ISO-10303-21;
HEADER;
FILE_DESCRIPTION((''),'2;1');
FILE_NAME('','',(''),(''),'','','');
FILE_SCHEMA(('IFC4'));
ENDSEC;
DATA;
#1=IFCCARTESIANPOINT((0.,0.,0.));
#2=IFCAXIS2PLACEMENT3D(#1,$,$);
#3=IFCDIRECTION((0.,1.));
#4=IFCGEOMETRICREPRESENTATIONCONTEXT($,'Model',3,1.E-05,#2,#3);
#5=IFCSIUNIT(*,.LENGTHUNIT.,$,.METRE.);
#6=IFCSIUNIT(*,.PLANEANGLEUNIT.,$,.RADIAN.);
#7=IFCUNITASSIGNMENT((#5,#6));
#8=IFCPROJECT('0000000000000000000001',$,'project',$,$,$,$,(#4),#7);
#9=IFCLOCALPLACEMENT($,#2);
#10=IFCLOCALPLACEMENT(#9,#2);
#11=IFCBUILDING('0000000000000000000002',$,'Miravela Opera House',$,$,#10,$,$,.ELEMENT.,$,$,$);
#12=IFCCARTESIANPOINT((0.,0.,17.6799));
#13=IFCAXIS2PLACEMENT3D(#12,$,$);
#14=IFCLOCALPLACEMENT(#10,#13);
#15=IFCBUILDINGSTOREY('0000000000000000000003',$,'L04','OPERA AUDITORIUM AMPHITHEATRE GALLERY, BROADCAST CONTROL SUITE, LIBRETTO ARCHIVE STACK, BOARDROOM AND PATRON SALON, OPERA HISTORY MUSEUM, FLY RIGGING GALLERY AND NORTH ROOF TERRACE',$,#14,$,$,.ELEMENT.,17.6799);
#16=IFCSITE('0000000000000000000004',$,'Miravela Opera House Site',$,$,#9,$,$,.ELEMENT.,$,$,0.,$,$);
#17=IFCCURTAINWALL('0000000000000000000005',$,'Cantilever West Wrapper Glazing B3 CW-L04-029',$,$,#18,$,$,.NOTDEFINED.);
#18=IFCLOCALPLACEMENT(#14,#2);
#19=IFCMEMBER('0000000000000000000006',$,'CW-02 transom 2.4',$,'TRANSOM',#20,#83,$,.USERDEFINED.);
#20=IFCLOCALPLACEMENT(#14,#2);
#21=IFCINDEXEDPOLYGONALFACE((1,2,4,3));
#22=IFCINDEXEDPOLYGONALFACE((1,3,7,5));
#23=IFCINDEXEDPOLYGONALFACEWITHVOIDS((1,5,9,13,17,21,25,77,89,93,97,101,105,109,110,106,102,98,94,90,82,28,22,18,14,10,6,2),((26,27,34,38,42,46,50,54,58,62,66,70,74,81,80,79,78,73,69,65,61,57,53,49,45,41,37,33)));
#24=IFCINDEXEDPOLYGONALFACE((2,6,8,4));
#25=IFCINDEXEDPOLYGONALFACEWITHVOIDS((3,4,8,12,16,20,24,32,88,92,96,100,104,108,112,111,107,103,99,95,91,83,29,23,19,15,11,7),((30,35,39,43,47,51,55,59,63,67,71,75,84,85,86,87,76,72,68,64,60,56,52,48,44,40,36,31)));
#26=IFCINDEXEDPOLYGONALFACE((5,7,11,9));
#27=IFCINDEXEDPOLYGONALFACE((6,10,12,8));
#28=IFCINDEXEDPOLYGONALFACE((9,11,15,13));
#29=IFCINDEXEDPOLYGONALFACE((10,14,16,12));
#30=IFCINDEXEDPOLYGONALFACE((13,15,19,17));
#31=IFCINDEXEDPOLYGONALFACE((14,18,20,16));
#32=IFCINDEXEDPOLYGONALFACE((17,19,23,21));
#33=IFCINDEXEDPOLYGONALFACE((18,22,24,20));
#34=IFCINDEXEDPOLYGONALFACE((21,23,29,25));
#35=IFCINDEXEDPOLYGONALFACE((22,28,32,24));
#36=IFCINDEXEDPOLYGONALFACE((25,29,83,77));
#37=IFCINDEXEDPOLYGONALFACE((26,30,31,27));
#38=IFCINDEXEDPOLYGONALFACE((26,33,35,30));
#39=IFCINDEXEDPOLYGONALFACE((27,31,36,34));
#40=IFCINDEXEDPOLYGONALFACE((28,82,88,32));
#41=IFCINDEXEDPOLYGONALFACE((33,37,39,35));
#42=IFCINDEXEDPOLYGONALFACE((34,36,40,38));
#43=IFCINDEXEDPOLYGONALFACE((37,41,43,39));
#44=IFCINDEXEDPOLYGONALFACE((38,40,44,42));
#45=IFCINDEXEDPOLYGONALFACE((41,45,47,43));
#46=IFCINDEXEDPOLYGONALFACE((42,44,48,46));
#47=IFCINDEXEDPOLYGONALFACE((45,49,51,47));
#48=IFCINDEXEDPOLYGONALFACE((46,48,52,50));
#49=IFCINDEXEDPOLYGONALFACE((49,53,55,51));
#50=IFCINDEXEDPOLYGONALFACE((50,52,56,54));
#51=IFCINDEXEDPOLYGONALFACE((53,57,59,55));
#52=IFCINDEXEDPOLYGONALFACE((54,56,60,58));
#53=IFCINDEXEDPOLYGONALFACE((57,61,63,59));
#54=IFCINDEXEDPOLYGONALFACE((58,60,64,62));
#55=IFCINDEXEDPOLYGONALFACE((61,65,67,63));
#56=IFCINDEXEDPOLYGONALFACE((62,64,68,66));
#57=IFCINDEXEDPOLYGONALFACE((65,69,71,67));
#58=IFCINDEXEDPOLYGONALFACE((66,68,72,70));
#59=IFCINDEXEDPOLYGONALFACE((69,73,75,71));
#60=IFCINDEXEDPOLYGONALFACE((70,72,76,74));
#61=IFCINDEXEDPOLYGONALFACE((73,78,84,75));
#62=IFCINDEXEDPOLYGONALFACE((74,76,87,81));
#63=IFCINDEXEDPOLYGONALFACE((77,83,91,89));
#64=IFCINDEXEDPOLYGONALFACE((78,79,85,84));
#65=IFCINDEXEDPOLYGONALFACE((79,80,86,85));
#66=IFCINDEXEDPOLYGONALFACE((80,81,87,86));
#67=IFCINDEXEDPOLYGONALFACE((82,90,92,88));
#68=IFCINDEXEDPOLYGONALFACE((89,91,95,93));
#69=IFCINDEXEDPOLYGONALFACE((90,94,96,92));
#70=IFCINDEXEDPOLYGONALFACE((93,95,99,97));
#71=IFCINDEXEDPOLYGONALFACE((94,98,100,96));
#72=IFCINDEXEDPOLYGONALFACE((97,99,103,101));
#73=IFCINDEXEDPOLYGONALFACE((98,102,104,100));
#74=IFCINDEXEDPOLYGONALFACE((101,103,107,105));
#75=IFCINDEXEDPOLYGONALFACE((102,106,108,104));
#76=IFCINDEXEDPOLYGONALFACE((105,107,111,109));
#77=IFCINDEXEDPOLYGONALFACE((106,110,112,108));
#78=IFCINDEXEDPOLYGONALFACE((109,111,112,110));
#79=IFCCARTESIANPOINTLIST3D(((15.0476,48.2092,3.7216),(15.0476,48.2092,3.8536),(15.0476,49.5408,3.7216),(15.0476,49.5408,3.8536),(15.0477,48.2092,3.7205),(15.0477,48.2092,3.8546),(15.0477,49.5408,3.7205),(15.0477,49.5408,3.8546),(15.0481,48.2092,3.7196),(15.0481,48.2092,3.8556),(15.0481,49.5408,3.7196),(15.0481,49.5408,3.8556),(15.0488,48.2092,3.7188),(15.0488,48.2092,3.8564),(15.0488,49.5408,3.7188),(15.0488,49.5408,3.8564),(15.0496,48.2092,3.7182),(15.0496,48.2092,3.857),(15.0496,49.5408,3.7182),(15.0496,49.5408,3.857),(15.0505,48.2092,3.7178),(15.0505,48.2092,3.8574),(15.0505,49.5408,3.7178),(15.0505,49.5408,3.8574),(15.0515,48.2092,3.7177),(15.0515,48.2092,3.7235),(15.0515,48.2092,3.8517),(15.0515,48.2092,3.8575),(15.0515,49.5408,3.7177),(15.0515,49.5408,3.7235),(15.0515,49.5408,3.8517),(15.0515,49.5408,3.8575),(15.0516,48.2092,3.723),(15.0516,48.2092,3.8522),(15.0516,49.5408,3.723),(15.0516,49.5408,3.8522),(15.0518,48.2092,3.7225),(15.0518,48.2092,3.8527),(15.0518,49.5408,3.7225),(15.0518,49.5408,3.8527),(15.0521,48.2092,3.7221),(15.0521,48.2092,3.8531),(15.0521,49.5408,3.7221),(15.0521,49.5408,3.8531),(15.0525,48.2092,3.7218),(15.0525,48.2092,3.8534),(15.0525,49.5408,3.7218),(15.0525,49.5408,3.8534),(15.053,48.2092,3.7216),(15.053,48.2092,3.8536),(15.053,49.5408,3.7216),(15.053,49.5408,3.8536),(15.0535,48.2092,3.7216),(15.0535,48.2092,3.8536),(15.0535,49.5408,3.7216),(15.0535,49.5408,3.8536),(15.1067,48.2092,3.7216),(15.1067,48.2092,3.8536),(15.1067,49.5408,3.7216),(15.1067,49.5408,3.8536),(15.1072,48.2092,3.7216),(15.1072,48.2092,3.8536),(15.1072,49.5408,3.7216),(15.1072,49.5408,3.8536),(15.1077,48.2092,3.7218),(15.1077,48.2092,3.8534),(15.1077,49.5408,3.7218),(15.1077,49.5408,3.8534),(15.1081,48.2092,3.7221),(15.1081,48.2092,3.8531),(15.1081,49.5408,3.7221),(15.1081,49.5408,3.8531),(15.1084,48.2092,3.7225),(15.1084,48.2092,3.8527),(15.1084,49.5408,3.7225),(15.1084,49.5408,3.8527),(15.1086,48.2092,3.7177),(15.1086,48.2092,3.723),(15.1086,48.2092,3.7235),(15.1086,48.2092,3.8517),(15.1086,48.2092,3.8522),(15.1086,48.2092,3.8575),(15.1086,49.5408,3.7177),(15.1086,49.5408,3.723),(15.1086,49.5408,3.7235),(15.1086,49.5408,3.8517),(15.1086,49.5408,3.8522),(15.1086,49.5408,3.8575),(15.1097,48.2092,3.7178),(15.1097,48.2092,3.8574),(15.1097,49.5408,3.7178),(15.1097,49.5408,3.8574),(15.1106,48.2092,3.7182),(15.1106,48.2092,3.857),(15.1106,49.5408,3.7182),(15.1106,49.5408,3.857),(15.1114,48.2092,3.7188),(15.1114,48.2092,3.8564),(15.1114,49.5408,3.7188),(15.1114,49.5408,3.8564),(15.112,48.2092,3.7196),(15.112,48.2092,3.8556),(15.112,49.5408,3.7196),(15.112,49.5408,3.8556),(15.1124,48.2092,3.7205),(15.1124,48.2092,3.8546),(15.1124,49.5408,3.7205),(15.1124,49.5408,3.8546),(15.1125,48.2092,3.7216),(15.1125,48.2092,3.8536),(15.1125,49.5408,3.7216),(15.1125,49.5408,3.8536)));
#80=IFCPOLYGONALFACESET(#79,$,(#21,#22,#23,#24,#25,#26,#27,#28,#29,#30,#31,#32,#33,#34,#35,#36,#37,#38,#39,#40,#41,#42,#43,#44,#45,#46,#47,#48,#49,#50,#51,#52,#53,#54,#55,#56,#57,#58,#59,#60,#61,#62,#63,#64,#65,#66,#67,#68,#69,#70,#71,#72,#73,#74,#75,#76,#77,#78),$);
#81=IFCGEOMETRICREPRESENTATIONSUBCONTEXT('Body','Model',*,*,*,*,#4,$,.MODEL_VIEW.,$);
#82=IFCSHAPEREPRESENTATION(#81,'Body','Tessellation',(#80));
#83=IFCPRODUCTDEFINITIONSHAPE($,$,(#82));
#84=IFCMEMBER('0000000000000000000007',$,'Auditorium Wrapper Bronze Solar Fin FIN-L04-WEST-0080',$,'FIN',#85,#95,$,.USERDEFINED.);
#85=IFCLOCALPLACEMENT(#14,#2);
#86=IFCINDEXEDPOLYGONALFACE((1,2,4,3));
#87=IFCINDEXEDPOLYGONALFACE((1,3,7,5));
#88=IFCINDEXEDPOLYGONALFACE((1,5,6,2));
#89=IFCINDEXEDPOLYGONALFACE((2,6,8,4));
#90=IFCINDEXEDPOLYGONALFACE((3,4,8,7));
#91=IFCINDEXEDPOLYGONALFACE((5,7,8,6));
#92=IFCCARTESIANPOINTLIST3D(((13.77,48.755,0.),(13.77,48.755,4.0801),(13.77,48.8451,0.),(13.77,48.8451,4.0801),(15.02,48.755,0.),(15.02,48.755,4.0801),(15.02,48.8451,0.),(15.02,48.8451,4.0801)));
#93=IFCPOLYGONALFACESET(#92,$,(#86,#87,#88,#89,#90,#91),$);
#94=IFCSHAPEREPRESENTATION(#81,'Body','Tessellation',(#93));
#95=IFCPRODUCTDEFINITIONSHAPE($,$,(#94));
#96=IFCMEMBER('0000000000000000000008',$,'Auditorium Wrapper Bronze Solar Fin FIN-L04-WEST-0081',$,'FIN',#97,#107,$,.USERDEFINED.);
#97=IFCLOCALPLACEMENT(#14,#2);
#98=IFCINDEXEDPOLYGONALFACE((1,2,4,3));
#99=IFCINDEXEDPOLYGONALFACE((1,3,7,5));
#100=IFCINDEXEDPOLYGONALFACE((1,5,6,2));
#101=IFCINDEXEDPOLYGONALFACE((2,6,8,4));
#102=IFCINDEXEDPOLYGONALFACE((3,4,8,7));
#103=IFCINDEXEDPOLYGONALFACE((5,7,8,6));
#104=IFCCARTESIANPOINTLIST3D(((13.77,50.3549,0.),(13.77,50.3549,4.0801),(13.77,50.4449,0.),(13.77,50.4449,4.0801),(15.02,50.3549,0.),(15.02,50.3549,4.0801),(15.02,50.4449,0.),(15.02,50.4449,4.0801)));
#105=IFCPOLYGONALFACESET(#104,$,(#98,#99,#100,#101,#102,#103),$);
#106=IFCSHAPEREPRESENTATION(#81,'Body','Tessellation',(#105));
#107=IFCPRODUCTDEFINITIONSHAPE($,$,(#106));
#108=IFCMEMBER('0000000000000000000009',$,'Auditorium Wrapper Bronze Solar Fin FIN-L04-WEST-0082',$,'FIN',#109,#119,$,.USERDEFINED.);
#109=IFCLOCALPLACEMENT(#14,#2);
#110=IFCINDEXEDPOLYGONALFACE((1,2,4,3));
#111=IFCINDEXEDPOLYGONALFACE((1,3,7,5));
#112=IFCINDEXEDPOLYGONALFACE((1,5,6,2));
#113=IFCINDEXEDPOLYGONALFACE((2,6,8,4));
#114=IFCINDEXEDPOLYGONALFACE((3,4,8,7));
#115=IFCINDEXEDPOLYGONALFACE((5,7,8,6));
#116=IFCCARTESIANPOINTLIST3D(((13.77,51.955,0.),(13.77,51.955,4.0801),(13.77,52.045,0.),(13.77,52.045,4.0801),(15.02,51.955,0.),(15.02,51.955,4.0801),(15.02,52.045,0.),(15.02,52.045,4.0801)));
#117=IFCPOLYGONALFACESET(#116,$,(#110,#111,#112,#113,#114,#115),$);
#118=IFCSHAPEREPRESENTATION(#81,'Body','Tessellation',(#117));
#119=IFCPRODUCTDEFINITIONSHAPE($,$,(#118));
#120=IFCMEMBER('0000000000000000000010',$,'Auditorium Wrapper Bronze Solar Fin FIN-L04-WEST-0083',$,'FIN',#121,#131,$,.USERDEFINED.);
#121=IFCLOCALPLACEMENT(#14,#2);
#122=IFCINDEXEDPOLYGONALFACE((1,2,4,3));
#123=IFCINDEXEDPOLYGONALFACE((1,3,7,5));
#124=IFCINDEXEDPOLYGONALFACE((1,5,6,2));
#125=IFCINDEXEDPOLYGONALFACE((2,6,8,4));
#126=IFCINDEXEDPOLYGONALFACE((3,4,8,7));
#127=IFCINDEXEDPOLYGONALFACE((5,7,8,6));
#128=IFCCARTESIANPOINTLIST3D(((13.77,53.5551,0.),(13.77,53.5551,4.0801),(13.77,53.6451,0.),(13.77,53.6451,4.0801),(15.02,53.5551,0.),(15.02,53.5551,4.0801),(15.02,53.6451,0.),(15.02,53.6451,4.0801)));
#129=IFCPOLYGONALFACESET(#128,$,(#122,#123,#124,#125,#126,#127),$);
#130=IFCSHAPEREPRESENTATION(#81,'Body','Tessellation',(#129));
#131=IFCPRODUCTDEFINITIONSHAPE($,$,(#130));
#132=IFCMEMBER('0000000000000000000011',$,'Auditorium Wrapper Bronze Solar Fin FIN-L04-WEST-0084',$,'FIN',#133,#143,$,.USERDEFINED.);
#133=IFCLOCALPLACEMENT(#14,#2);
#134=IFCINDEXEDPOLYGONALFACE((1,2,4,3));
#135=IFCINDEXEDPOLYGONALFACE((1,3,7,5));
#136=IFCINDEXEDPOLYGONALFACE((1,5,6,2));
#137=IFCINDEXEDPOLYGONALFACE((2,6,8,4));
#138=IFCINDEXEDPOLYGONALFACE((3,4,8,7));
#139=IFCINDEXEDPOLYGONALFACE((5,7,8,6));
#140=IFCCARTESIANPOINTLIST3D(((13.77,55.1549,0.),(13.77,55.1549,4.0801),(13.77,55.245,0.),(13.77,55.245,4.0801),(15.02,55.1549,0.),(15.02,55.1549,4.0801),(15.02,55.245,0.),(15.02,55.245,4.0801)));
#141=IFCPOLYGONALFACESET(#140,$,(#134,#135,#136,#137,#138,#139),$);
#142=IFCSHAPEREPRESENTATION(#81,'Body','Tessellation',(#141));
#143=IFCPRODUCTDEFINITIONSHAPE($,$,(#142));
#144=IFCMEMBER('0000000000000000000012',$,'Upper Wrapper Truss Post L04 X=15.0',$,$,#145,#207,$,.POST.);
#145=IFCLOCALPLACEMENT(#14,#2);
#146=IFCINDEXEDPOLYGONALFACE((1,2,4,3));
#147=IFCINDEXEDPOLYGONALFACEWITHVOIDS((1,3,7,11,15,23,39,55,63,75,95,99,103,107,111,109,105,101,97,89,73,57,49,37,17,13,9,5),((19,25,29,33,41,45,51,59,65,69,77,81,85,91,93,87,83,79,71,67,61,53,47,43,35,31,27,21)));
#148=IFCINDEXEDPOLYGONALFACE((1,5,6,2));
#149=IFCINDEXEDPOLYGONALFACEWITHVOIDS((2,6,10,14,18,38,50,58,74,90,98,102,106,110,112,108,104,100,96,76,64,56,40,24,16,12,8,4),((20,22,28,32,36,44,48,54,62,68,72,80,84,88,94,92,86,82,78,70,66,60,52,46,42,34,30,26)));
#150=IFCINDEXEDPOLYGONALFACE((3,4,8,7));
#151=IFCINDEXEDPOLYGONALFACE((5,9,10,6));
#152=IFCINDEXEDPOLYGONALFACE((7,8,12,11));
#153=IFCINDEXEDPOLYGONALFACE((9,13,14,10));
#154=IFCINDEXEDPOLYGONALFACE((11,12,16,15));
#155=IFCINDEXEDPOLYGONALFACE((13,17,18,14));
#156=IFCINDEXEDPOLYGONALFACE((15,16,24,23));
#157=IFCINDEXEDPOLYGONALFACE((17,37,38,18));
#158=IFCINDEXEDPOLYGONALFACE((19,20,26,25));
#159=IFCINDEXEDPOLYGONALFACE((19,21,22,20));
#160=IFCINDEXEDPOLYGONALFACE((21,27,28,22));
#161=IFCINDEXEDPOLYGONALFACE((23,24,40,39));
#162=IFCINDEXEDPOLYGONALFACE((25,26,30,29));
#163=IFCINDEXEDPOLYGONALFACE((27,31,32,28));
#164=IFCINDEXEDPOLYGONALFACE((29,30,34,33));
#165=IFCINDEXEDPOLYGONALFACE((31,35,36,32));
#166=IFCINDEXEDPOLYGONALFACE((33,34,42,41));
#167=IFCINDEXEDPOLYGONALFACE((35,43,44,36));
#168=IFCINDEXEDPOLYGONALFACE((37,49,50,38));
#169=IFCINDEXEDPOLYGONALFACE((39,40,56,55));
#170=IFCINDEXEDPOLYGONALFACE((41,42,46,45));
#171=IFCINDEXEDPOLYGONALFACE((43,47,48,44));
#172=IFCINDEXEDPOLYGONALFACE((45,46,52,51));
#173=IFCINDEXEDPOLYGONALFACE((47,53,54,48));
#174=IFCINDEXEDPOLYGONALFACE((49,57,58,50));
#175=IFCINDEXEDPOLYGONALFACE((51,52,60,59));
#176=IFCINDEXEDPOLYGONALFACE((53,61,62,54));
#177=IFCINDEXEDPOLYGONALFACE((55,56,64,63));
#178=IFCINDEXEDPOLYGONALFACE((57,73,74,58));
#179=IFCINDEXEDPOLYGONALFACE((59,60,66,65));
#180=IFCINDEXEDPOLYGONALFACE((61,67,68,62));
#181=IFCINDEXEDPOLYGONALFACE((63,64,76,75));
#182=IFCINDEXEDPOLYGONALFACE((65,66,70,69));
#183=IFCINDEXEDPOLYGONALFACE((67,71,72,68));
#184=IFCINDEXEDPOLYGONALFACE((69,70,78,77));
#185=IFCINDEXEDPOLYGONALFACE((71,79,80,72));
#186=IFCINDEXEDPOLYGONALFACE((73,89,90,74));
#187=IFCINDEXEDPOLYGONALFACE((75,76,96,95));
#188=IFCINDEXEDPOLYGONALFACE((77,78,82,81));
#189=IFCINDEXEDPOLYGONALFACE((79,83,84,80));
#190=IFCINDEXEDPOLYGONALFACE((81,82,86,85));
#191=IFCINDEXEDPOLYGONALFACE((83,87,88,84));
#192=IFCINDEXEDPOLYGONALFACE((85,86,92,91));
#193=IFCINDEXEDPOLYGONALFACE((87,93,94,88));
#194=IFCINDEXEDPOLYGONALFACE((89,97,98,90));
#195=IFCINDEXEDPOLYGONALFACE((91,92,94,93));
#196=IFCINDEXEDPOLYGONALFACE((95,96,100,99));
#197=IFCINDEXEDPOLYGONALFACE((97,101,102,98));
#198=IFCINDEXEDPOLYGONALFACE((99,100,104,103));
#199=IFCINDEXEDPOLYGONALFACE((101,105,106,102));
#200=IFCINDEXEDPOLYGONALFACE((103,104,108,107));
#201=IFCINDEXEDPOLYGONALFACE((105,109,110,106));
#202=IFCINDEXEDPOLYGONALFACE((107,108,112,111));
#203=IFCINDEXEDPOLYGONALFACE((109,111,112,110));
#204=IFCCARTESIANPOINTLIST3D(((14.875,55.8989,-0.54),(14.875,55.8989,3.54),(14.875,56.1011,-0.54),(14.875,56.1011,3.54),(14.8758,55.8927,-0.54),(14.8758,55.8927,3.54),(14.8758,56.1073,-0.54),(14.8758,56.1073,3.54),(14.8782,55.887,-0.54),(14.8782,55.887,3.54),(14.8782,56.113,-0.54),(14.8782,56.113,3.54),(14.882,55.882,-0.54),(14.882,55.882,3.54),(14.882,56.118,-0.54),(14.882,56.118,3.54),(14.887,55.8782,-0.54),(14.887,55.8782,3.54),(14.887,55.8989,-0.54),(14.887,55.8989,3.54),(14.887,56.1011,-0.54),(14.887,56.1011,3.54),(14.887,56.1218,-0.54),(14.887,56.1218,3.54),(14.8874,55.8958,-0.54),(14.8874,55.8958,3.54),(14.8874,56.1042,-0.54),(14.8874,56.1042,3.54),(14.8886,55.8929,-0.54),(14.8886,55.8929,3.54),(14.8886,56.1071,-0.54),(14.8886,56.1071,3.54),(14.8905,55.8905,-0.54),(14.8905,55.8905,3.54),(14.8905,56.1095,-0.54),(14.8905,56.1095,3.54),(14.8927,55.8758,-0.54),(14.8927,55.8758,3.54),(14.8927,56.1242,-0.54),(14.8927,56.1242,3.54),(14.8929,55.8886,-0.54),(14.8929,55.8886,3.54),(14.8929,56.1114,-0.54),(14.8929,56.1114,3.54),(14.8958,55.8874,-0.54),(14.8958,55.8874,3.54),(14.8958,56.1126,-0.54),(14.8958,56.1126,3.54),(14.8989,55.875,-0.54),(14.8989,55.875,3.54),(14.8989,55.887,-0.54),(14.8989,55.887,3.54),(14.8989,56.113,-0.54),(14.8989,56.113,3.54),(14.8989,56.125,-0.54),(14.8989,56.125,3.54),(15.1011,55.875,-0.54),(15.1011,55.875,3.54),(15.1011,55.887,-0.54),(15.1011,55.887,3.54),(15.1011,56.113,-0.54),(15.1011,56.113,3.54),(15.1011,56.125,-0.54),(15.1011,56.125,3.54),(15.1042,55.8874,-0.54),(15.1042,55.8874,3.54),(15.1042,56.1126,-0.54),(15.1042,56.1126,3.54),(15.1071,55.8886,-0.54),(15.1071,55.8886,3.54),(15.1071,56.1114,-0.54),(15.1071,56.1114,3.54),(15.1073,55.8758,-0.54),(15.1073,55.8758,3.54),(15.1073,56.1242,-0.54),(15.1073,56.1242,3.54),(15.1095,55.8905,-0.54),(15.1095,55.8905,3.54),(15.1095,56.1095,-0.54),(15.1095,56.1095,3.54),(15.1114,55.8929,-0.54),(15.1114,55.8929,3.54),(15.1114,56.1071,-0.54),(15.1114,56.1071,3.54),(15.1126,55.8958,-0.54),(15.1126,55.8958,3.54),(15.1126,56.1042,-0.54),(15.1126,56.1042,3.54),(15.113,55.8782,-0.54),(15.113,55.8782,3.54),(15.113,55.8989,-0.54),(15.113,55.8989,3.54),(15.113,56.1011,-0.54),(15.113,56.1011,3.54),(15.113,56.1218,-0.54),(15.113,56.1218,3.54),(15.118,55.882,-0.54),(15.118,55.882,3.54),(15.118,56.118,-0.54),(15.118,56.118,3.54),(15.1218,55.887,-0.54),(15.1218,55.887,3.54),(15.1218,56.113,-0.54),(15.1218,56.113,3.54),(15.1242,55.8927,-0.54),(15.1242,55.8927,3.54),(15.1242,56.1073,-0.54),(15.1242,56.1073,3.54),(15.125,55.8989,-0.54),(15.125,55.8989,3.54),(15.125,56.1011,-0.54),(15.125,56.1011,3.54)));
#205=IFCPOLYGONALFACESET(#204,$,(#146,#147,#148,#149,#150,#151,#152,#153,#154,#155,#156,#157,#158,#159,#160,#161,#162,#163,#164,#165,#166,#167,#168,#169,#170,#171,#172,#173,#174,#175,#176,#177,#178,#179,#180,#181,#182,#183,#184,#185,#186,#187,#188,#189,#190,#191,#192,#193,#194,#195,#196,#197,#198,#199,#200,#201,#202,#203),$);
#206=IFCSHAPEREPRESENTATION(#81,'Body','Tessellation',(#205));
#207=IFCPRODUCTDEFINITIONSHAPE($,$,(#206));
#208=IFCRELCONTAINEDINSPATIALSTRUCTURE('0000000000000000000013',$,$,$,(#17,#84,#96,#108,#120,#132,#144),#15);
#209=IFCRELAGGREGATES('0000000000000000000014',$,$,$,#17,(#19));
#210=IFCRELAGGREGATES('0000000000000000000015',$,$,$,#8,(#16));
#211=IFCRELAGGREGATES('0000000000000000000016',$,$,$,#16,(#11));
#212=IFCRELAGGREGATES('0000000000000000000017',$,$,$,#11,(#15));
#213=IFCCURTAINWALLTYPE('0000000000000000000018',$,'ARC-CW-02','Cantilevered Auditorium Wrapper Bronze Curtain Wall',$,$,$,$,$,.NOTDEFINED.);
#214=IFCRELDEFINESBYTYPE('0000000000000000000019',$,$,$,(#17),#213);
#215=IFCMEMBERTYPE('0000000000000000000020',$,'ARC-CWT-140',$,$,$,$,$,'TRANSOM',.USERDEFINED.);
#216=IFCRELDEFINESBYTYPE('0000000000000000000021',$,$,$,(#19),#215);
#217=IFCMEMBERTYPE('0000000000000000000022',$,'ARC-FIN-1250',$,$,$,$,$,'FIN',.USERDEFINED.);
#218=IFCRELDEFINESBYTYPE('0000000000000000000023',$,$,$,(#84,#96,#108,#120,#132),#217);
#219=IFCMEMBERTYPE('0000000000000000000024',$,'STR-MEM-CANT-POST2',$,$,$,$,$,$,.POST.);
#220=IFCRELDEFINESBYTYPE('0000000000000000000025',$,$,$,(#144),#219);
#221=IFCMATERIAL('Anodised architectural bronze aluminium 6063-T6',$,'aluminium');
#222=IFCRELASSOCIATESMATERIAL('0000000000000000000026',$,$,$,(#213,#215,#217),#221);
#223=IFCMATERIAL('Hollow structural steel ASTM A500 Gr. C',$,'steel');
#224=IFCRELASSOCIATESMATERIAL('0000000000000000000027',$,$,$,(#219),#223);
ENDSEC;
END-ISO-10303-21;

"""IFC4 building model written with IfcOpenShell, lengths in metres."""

from ifc_helpers import new_model, si_unit, direction, frame, origin, origin_2d, place, context, subcontext, project, spatial, rectangle, hollow_rectangle, extrude, material, material_profile, profile_set, type_object, element, aggregate, save


model = new_model("IFC4")

# Units and contexts
model_context = context("Model", 3, precision=1e-05, world=origin(), true_north=direction((0.0, 1.0)))
body_context = subcontext(model_context, "Body", "Model", "MODEL_VIEW")
ifc_project = project(units=[si_unit("LENGTHUNIT", "METRE"), si_unit("PLANEANGLEUNIT", "RADIAN")], contexts=[model_context])

# Site, building, storey
site_placement = place(None, origin())
site = spatial("IfcSite", under=ifc_project, at=site_placement, Name="Miravela Opera House Site", CompositionType="ELEMENT", RefElevation=0.0)
building_placement = place(site_placement, origin())
building = spatial("IfcBuilding", under=site, at=building_placement, Name="Miravela Opera House", CompositionType="ELEMENT")
storey_placement = place(building_placement, frame((0.0, 0.0, 17.6799)))
storey = spatial("IfcBuildingStorey", under=building, at=storey_placement, Name="L04", Description="OPERA AUDITORIUM AMPHITHEATRE GALLERY, BROADCAST CONTROL SUITE, LIBRETTO ARCHIVE STACK, BOARDROOM AND PATRON SALON, OPERA HISTORY MUSEUM, FLY RIGGING GALLERY AND NORTH ROOF TERRACE", CompositionType="ELEMENT", Elevation=17.6799)

# Curtain wall, member
ifc_material_1 = material(Name="Anodised architectural bronze aluminium 6063-T6", Category="aluminium")
curtain_wall_type = type_object("IfcCurtainWallType", Name="ARC-CW-02", Description="Cantilevered Auditorium Wrapper Bronze Curtain Wall", PredefinedType="NOTDEFINED", material=ifc_material_1)
curtain_wall_placement = place(storey_placement, origin())
curtain_wall = element("IfcCurtainWall", 1, at=curtain_wall_placement, inside=storey, type_object=curtain_wall_type, Name="Cantilever West Wrapper Glazing B3 CW-L04-029", PredefinedType="NOTDEFINED")
ifc_material_profile_1 = material_profile(ifc_material_1, hollow_rectangle(XDim=0.0649, YDim=0.1399, WallThickness=0.0039, InnerFilletRadius=0.002, OuterFilletRadius=0.0039, at=origin_2d()), Name="CWT-65X140")
ifc_profile_set_1 = profile_set([ifc_material_profile_1])
member_type_1 = type_object("IfcMemberType", Name="ARC-CWT-140", ElementType="TRANSOM", PredefinedType="USERDEFINED", material=ifc_profile_set_1)
member_1_placement = place(storey_placement, frame((15.0801, 48.2092, 3.7876), z_axis=(0.0, 1.0, 0.0), x_axis=(-1.0, 0.0, 0.0)))
member_1 = element("IfcMember", 2, at=member_1_placement, type_object=member_type_1, Name="CW-02 transom 2.4", ObjectType="TRANSOM", PredefinedType="USERDEFINED", context=body_context, shape_type="SweptSolid", body=[
    extrude(hollow_rectangle(XDim=0.0649, YDim=0.1399, WallThickness=0.0039, InnerFilletRadius=0.002, OuterFilletRadius=0.0039, at=origin_2d()), origin(), (0.0, 0.0, 1.0), 1.3315),
])

# Members
ifc_material_profile_2 = material_profile(ifc_material_1, rectangle(XDim=0.0901, YDim=1.25, at=origin_2d()), Name="FIN-1250X90")
ifc_profile_set_2 = profile_set([ifc_material_profile_2])
member_type_2 = type_object("IfcMemberType", Name="ARC-FIN-1250", ElementType="FIN", PredefinedType="USERDEFINED", material=ifc_profile_set_2)
for number, where, z_axis, x_axis, name in (
    (3, (14.395, 48.8, 0.0), (0.0, 0.0, 1.0), (0.0, 1.0, 0.0), "Auditorium Wrapper Bronze Solar Fin FIN-L04-WEST-0080"),
    (4, (14.395, 50.3999, 0.0), (0.0, 0.0, 1.0), (0.0, 1.0, 0.0), "Auditorium Wrapper Bronze Solar Fin FIN-L04-WEST-0081"),
    (5, (14.395, 52.0, 0.0), (0.0, 0.0, 1.0), (0.0, 1.0, 0.0), "Auditorium Wrapper Bronze Solar Fin FIN-L04-WEST-0082"),
    (6, (14.395, 53.6001, 0.0), (0.0, 0.0, 1.0), (0.0, 1.0, 0.0), "Auditorium Wrapper Bronze Solar Fin FIN-L04-WEST-0083"),
    (7, (14.395, 55.2, 0.0), (0.0, 0.0, 1.0), (0.0, 1.0, 0.0), "Auditorium Wrapper Bronze Solar Fin FIN-L04-WEST-0084"),
):
    element("IfcMember", number, at=place(storey_placement, frame(where, z_axis=z_axis, x_axis=x_axis)), inside=storey, type_object=member_type_2, Name=name, ObjectType="FIN", PredefinedType="USERDEFINED", context=body_context, shape_type="SweptSolid", body=[
        extrude(rectangle(XDim=0.0901, YDim=1.25, at=origin_2d()), origin(), (0.0, 0.0, 1.0), 4.0801),
    ])
ifc_material_2 = material(Name="Hollow structural steel ASTM A500 Gr. C", Category="steel")
ifc_material_profile_3 = material_profile(ifc_material_2, hollow_rectangle(XDim=0.25, YDim=0.25, WallThickness=0.012, InnerFilletRadius=0.012, OuterFilletRadius=0.0239, at=origin_2d()), Name="HSS250X250X12")
ifc_profile_set_3 = profile_set([ifc_material_profile_3])
member_type_3 = type_object("IfcMemberType", Name="STR-MEM-CANT-POST2", PredefinedType="POST", material=ifc_profile_set_3)
member_2_placement = place(storey_placement, frame((15.0, 56.0, -0.54), z_axis=(0.0, 0.0, 1.0), x_axis=(1.0, 0.0, 0.0)))
element("IfcMember", 8, at=member_2_placement, inside=storey, type_object=member_type_3, Name="Upper Wrapper Truss Post L04 X=15.0", PredefinedType="POST", context=body_context, shape_type="SweptSolid", body=[
    extrude(hollow_rectangle(XDim=0.25, YDim=0.25, WallThickness=0.012, InnerFilletRadius=0.012, OuterFilletRadius=0.0239, at=origin_2d()), origin(), (0.0, 0.0, 1.0), 4.0801),
])

aggregate(curtain_wall, [member_1])

save(model, "model.ifc")
